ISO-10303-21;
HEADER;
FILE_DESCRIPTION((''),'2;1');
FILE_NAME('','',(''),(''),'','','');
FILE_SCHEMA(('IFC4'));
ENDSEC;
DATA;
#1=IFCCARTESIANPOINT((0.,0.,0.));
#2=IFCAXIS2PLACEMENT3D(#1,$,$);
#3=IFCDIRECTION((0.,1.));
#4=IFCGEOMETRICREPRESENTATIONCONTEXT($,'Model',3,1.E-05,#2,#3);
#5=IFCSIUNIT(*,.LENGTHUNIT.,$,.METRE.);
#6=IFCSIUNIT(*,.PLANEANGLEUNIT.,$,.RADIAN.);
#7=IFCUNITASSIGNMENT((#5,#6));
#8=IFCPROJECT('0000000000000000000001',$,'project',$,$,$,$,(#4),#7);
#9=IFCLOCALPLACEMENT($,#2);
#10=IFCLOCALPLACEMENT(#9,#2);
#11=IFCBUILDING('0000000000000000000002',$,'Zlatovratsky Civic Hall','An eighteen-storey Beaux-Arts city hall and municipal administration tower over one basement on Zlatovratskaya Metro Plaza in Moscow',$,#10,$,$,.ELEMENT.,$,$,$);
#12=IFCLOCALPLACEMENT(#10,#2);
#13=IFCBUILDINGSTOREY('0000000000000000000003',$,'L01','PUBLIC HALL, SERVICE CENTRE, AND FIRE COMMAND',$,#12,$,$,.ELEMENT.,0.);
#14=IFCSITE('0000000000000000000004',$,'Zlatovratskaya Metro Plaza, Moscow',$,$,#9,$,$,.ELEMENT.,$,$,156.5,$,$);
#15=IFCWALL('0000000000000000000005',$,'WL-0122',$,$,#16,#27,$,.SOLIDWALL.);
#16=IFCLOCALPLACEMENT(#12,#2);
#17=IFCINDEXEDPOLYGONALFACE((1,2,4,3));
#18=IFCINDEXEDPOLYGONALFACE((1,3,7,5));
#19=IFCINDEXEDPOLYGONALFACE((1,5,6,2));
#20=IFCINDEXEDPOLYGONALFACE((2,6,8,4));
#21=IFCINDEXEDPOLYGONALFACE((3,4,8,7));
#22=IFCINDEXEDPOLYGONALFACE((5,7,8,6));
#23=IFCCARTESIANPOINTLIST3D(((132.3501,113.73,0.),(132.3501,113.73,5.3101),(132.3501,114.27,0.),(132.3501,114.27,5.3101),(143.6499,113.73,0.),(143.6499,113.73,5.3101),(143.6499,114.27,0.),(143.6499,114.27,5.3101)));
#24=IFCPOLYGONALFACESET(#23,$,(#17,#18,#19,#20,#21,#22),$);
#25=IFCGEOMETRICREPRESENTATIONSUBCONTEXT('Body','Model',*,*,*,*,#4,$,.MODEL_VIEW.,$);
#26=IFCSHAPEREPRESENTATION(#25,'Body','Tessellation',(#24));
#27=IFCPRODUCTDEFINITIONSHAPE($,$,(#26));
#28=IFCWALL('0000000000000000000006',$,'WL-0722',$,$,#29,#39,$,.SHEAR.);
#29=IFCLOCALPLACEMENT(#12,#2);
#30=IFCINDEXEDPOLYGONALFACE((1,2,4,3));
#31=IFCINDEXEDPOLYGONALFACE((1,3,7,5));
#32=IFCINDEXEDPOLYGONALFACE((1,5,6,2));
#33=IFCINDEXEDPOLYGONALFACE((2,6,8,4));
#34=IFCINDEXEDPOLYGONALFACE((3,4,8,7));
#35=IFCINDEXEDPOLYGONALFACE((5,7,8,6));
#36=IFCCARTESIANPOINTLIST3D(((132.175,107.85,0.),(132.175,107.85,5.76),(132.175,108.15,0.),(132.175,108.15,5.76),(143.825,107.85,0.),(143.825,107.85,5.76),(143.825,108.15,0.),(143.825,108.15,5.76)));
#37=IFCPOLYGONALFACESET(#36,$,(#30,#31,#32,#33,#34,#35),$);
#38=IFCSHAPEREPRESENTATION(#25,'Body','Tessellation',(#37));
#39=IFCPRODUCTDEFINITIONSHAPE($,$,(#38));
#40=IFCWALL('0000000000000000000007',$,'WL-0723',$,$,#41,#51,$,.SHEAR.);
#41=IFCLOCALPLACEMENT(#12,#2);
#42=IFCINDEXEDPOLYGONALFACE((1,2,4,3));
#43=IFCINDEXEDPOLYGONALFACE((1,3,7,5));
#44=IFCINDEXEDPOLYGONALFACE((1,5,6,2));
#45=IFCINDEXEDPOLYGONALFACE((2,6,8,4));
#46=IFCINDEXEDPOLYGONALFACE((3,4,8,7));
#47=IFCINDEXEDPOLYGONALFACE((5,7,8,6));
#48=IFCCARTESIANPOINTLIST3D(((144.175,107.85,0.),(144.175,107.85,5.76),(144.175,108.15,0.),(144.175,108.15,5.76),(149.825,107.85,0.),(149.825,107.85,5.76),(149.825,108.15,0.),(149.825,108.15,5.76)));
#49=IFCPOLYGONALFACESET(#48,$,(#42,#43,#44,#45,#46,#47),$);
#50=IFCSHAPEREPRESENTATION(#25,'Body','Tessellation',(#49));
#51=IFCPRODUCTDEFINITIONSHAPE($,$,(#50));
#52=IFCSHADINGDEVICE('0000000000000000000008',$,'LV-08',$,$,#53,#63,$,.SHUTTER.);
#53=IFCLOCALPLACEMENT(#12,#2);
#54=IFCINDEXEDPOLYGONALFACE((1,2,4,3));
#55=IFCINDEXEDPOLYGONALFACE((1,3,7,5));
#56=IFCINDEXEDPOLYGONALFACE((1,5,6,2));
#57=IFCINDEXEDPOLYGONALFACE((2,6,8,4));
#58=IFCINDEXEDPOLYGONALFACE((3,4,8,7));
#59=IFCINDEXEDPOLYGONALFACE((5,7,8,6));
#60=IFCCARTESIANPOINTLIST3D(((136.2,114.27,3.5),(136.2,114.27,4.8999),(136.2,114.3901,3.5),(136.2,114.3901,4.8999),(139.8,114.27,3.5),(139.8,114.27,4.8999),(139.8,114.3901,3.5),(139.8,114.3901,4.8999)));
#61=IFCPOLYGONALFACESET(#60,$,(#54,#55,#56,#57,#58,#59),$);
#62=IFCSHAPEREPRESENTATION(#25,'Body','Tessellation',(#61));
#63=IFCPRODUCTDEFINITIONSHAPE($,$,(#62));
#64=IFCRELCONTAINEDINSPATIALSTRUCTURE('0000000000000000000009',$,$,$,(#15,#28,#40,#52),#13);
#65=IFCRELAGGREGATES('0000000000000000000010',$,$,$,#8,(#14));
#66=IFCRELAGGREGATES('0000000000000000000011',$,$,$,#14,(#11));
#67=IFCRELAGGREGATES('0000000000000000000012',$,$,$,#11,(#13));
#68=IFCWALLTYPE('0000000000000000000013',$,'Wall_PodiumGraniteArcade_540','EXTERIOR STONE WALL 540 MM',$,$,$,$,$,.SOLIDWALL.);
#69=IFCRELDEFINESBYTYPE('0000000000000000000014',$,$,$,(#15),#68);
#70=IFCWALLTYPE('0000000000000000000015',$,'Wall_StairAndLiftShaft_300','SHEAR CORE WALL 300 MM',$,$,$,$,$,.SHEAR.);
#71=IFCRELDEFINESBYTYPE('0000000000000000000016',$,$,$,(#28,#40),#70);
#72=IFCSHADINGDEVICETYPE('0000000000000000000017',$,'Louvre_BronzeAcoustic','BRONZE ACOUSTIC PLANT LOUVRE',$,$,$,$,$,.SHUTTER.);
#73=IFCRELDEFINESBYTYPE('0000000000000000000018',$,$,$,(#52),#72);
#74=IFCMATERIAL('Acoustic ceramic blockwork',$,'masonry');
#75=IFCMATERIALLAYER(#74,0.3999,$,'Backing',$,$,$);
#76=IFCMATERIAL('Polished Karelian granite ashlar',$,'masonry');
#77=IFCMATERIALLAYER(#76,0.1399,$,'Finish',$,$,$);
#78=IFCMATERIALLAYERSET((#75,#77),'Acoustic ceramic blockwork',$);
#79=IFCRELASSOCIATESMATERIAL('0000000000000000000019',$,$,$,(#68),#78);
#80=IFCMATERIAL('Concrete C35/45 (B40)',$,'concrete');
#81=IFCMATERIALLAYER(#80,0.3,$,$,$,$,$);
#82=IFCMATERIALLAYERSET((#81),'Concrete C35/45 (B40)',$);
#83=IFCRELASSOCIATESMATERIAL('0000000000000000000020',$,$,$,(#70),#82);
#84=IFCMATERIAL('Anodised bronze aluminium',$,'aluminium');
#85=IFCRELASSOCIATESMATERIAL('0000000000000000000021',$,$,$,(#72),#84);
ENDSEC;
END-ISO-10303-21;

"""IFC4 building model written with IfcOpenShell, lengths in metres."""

from ifc_helpers import new_model, si_unit, direction, frame, frame_2d, origin, origin_2d, place, context, subcontext, project, spatial, rectangle, extrude, material, layer, layer_set, type_object, element, save


model = new_model("IFC4")

# Units and contexts
model_context = context("Model", 3, precision=1e-05, world=origin(), true_north=direction((0.0, 1.0)))
body_context = subcontext(model_context, "Body", "Model", "MODEL_VIEW")
ifc_project = project(units=[si_unit("LENGTHUNIT", "METRE"), si_unit("PLANEANGLEUNIT", "RADIAN")], contexts=[model_context])

# Site, building, storey
site_placement = place(None, origin())
site = spatial("IfcSite", under=ifc_project, at=site_placement, Name="Zlatovratskaya Metro Plaza, Moscow", CompositionType="ELEMENT", RefElevation=156.5)
building_placement = place(site_placement, origin())
building = spatial("IfcBuilding", under=site, at=building_placement, Name="Zlatovratsky Civic Hall", Description="An eighteen-storey Beaux-Arts city hall and municipal administration tower over one basement on Zlatovratskaya Metro Plaza in Moscow", CompositionType="ELEMENT")
storey_placement = place(building_placement, origin())
storey = spatial("IfcBuildingStorey", under=building, at=storey_placement, Name="L01", Description="PUBLIC HALL, SERVICE CENTRE, AND FIRE COMMAND", CompositionType="ELEMENT", Elevation=0.0)

# Shared definitions
ifc_material_1 = material(Name="Concrete C35/45 (B40)", Category="concrete")

# Wall
ifc_material_2 = material(Name="Acoustic ceramic blockwork", Category="masonry")
ifc_layer_1 = layer(ifc_material_2, 0.3999, Name="Backing")
ifc_material_3 = material(Name="Polished Karelian granite ashlar", Category="masonry")
ifc_layer_2 = layer(ifc_material_3, 0.1399, Name="Finish")
ifc_layer_set_1 = layer_set([ifc_layer_1, ifc_layer_2], Name="Acoustic ceramic blockwork")
wall_type_1 = type_object("IfcWallType", Name="Wall_PodiumGraniteArcade_540", Description="EXTERIOR STONE WALL 540 MM", PredefinedType="SOLIDWALL", material=ifc_layer_set_1)
wall_1_placement = place(storey_placement, frame((132.3501, 114.0, 0.0), z_axis=(0.0, 0.0, 1.0), x_axis=(1.0, 0.0, 0.0)))
element("IfcWall", 1, at=wall_1_placement, inside=storey, type_object=wall_type_1, Name="WL-0122", PredefinedType="SOLIDWALL", context=body_context, shape_type="SweptSolid", body=[
    extrude(rectangle(XDim=11.2998, YDim=0.54, at=frame_2d((5.6499, 0.0))), origin(), (0.0, 0.0, 1.0), 5.3101),
])

# Walls
ifc_layer_3 = layer(ifc_material_1, 0.3)
ifc_layer_set_2 = layer_set([ifc_layer_3], Name="Concrete C35/45 (B40)")
wall_type_2 = type_object("IfcWallType", Name="Wall_StairAndLiftShaft_300", Description="SHEAR CORE WALL 300 MM", PredefinedType="SHEAR", material=ifc_layer_set_2)
wall_2_placement = place(storey_placement, frame((132.175, 108.0, 0.0), z_axis=(0.0, 0.0, 1.0), x_axis=(1.0, 0.0, 0.0)))
element("IfcWall", 2, at=wall_2_placement, inside=storey, type_object=wall_type_2, Name="WL-0722", PredefinedType="SHEAR", context=body_context, shape_type="SweptSolid", body=[
    extrude(rectangle(XDim=11.6499, YDim=0.3, at=frame_2d((5.825, 0.0))), origin(), (0.0, 0.0, 1.0), 5.76),
])
wall_3_placement = place(storey_placement, frame((144.175, 108.0, 0.0), z_axis=(0.0, 0.0, 1.0), x_axis=(1.0, 0.0, 0.0)))
element("IfcWall", 3, at=wall_3_placement, inside=storey, type_object=wall_type_2, Name="WL-0723", PredefinedType="SHEAR", context=body_context, shape_type="SweptSolid", body=[
    extrude(rectangle(XDim=5.6499, YDim=0.3, at=frame_2d((2.825, 0.0))), origin(), (0.0, 0.0, 1.0), 5.76),
])

# Shading device
ifc_material_4 = material(Name="Anodised bronze aluminium", Category="aluminium")
shading_device_type = type_object("IfcShadingDeviceType", Name="Louvre_BronzeAcoustic", Description="BRONZE ACOUSTIC PLANT LOUVRE", PredefinedType="SHUTTER", material=ifc_material_4)
shading_device_placement = place(storey_placement, frame((138.0, 114.3301, 3.5), z_axis=(0.0, 0.0, 1.0), x_axis=(1.0, 0.0, 0.0)))
element("IfcShadingDevice", 4, at=shading_device_placement, inside=storey, type_object=shading_device_type, Name="LV-08", PredefinedType="SHUTTER", context=body_context, shape_type="SweptSolid", body=[
    extrude(rectangle(XDim=3.6001, YDim=0.1201, at=origin_2d()), origin(), (0.0, 0.0, 1.0), 1.3999),
])

save(model, "model.ifc")
